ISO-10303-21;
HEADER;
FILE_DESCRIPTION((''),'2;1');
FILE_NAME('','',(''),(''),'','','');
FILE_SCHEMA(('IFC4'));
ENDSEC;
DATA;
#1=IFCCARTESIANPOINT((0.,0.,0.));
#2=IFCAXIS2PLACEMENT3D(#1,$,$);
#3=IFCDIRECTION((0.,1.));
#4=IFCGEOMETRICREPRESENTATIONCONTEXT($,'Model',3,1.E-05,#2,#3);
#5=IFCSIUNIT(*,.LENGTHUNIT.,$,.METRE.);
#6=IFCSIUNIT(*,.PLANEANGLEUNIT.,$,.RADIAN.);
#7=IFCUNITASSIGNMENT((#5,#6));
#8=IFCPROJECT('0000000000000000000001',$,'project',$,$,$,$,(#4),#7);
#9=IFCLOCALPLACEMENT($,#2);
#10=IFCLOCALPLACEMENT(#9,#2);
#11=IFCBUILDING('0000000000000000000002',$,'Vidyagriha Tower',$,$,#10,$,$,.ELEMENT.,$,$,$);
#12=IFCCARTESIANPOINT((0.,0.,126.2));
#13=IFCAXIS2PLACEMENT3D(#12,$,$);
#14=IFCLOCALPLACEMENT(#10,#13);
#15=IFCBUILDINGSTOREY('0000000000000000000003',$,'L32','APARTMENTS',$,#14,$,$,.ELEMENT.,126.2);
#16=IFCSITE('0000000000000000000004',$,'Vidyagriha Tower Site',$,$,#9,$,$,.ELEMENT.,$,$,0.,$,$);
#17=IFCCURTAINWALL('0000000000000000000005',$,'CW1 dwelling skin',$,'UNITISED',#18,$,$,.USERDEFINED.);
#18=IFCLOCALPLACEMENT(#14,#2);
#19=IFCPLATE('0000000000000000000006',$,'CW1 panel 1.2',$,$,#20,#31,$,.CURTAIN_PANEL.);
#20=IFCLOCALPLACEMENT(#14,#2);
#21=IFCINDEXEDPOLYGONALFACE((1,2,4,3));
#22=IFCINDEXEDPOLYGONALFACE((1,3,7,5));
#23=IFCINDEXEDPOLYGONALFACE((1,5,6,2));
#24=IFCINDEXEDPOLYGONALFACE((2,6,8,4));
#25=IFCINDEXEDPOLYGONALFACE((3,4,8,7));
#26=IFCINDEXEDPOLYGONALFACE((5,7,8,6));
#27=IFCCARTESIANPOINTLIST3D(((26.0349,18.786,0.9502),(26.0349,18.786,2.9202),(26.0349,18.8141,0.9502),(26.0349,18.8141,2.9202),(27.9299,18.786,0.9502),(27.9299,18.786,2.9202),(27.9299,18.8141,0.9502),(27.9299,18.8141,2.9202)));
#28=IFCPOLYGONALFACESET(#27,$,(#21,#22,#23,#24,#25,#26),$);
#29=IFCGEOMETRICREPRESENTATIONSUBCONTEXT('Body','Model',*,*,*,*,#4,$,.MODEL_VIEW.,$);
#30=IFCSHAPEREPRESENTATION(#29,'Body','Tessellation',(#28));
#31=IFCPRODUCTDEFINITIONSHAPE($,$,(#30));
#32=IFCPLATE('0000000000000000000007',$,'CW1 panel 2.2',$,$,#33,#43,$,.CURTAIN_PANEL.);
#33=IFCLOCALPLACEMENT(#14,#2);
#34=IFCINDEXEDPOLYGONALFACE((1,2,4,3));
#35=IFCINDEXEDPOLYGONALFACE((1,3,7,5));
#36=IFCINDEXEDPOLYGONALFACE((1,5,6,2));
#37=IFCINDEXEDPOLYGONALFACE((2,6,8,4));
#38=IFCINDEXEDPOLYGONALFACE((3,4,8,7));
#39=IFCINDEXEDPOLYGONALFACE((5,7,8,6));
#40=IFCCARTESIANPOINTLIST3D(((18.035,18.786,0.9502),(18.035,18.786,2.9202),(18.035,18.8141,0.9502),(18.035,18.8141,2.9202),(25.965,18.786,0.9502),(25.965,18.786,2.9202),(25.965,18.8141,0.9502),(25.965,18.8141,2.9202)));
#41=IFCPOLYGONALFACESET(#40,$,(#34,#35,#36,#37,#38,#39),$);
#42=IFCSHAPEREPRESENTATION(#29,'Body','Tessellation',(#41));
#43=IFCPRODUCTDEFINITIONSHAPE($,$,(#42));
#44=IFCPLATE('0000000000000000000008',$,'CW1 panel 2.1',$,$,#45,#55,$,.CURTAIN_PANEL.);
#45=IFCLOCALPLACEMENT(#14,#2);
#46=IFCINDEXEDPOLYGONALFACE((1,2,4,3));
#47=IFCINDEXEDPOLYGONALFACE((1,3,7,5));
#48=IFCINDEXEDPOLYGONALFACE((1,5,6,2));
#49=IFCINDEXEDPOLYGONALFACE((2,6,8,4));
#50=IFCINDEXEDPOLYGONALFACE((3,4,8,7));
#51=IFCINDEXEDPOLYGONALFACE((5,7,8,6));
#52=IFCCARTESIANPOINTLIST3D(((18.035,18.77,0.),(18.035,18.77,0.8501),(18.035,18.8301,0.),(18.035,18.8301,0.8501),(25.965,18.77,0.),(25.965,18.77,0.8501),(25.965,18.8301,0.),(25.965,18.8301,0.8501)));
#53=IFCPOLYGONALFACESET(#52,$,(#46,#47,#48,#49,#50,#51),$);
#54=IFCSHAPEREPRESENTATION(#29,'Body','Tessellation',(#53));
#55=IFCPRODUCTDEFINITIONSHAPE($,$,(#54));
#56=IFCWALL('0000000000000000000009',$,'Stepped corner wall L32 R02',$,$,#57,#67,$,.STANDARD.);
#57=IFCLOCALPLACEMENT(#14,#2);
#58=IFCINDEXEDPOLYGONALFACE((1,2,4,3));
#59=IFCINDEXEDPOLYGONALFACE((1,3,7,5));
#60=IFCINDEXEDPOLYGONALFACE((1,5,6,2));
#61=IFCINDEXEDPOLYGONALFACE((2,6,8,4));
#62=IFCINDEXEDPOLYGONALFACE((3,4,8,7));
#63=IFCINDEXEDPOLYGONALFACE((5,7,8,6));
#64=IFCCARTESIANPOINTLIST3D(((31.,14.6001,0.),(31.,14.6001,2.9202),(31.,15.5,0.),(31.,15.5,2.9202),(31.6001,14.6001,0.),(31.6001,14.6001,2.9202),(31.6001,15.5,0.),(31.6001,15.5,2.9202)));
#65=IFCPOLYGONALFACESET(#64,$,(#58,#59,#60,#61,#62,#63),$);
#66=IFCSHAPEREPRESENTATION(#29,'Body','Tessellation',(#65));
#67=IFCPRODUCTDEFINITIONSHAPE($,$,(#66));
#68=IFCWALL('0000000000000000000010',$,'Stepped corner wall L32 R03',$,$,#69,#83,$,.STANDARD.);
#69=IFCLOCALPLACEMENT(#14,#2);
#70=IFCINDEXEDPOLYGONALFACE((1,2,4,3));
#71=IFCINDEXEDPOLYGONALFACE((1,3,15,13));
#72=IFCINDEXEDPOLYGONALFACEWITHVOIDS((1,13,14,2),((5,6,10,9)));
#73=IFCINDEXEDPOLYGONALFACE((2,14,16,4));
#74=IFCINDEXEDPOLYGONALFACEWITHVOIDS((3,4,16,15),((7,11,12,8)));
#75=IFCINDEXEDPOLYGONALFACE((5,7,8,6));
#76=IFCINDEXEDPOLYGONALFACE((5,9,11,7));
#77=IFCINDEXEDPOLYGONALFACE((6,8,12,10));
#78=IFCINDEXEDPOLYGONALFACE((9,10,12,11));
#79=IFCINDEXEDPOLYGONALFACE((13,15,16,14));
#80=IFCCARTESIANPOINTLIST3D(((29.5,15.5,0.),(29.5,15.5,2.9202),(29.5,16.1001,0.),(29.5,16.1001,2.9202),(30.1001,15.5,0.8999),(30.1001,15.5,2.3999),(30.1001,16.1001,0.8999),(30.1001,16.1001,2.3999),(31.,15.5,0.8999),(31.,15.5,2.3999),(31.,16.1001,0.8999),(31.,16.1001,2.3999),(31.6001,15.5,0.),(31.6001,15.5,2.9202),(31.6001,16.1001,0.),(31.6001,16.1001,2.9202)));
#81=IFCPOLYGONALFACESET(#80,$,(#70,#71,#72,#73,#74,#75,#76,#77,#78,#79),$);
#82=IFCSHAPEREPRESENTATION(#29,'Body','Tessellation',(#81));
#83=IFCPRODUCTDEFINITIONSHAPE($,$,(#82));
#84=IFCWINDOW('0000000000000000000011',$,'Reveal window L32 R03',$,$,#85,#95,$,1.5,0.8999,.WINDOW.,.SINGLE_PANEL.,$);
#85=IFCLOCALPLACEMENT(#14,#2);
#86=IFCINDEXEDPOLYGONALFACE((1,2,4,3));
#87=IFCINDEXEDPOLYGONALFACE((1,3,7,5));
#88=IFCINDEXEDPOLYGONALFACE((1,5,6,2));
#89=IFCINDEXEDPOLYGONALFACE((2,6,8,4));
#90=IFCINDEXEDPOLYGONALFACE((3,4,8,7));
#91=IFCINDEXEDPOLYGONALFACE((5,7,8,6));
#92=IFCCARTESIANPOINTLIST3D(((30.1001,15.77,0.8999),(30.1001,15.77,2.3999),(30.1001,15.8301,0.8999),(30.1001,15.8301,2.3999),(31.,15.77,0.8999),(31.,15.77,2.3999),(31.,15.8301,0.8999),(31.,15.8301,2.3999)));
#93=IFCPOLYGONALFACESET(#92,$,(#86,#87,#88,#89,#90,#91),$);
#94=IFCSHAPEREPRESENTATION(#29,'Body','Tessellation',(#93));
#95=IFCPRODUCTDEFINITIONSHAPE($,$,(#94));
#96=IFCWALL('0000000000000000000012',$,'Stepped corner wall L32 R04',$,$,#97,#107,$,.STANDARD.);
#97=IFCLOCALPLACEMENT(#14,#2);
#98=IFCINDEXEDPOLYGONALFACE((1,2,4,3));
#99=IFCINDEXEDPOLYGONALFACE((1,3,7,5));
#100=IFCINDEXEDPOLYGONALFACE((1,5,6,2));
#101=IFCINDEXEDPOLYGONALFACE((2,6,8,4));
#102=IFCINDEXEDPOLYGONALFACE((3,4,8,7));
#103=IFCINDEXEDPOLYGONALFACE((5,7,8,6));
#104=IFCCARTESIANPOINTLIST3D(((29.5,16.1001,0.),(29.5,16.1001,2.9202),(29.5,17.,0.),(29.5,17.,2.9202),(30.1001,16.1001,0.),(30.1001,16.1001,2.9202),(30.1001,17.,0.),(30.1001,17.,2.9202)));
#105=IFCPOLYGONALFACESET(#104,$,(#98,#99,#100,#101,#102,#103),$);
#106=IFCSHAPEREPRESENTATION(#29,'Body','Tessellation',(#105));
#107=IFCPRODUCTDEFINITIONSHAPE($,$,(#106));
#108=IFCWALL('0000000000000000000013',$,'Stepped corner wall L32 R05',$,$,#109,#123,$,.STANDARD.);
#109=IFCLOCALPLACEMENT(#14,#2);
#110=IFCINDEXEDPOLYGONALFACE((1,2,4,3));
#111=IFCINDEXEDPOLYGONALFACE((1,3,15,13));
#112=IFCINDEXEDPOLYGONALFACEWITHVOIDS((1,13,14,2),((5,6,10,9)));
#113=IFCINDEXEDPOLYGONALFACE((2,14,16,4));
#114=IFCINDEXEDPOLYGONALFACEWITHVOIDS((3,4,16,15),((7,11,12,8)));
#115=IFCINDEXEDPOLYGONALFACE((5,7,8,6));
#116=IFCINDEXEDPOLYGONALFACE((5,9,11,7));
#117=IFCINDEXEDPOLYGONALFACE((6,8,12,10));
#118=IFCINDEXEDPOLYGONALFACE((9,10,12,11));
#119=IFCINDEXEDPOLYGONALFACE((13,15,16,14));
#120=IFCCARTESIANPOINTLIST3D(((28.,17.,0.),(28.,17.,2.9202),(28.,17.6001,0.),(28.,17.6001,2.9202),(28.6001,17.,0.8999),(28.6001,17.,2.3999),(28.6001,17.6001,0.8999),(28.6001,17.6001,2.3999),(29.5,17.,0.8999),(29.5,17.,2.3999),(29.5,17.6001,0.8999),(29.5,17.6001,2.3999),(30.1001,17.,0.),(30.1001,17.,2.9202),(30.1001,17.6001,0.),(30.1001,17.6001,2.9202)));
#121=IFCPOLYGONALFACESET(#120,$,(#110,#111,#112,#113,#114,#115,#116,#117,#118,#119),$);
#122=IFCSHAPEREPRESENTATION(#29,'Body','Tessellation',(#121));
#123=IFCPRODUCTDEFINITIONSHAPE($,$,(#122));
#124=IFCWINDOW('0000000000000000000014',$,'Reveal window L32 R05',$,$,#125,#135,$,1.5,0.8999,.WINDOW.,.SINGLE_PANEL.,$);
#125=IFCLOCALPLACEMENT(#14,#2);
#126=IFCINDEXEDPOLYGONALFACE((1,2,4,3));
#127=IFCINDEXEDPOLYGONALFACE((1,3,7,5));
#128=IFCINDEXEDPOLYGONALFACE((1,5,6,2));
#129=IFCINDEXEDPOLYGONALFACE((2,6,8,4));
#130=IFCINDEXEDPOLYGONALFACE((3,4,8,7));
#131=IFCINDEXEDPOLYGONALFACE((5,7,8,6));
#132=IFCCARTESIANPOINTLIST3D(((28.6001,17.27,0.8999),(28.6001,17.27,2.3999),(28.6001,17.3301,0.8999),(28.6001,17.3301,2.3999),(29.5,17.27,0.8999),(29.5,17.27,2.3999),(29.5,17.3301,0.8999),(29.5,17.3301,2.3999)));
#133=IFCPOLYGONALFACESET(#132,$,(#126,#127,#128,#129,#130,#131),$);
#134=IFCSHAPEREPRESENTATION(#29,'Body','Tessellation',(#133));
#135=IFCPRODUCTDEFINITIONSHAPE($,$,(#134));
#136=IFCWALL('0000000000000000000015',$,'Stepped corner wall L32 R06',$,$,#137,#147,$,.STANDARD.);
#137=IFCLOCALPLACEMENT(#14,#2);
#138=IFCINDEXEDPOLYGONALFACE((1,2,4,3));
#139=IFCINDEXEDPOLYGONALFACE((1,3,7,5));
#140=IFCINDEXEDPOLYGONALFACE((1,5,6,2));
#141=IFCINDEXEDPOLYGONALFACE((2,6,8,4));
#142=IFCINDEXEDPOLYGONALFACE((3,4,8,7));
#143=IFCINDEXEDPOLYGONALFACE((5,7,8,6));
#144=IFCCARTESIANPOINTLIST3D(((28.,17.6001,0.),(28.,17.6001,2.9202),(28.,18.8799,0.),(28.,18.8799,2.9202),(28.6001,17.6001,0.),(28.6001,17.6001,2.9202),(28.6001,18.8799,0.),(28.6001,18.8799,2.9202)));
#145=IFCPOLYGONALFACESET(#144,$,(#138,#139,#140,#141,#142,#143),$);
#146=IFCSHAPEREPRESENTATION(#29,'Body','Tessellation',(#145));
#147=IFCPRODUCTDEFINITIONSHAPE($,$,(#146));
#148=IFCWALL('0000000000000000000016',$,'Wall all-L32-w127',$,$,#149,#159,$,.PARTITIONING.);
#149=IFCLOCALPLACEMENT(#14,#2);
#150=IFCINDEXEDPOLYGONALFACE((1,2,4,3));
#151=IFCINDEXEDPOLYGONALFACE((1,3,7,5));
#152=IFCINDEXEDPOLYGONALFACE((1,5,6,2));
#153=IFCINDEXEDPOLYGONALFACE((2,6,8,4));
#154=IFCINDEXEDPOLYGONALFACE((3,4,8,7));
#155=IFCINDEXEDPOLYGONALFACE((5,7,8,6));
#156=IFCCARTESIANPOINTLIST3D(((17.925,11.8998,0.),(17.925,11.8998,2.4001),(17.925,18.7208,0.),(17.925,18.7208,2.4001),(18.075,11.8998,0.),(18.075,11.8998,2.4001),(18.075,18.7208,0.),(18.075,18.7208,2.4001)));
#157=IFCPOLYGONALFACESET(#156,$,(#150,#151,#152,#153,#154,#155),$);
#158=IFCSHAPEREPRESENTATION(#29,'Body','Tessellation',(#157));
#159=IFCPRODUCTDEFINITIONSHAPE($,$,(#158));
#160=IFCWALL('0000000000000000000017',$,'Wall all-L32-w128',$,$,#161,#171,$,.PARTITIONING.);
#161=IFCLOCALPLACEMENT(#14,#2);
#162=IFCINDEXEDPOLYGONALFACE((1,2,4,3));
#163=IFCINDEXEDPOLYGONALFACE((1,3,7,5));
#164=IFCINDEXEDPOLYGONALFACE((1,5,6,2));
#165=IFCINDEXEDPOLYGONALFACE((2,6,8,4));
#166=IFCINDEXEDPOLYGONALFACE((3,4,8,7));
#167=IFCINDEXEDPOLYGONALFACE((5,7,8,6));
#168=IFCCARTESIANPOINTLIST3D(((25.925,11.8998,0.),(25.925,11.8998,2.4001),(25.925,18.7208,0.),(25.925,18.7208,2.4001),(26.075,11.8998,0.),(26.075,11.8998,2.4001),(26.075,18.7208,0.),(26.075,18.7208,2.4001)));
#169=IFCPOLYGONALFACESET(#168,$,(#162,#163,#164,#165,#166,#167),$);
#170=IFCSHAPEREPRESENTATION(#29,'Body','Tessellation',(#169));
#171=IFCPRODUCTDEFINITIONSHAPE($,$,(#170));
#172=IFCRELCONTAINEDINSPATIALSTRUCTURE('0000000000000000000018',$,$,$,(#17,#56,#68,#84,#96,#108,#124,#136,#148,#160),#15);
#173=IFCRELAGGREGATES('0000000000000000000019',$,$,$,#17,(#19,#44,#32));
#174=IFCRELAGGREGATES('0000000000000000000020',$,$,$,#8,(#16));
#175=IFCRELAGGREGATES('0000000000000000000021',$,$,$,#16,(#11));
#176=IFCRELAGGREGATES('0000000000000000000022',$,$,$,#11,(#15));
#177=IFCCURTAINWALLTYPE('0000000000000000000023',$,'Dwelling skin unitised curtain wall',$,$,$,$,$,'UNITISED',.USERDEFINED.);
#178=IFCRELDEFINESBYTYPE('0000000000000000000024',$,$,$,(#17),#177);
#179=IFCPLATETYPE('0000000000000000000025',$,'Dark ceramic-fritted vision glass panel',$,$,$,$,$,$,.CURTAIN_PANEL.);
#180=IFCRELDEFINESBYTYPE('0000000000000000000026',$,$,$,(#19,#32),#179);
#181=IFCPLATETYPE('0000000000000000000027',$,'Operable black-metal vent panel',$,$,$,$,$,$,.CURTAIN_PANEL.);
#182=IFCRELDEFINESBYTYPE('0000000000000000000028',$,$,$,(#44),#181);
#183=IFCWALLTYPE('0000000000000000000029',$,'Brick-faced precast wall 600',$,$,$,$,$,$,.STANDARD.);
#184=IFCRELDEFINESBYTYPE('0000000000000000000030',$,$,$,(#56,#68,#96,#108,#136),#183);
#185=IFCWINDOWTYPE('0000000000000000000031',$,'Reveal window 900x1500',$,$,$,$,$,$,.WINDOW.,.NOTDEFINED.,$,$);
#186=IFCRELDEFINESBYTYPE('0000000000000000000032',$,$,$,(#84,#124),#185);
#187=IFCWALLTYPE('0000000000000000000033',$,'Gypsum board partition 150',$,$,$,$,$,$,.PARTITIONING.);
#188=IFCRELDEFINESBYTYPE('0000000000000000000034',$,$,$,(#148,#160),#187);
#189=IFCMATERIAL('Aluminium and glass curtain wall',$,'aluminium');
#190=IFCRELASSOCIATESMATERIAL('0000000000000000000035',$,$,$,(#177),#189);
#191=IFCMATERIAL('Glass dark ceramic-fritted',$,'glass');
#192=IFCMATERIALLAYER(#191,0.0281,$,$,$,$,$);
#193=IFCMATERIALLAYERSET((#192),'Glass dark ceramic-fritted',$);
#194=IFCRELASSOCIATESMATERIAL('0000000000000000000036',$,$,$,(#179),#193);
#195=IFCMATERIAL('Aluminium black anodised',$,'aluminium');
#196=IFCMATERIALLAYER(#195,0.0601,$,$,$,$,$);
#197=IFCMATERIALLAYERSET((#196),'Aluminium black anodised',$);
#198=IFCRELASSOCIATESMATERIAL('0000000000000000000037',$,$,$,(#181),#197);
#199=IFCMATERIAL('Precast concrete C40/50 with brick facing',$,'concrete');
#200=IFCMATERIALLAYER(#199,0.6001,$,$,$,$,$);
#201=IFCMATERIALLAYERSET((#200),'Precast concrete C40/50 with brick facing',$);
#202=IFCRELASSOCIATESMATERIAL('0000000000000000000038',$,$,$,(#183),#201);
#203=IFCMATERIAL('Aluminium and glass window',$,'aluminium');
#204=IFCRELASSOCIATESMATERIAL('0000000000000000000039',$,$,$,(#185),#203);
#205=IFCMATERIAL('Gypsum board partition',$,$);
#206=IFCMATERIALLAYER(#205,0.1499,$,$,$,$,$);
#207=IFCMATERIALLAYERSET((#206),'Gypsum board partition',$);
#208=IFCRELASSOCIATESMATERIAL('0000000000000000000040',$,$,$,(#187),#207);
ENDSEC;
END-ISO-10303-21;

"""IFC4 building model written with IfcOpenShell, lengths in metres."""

from ifc_helpers import new_model, si_unit, direction, frame, frame_2d, origin, origin_2d, place, context, subcontext, project, spatial, rectangle, extrude, material, layer, layer_set, type_object, element, fill, aggregate, save


model = new_model("IFC4")

# Units and contexts
model_context = context("Model", 3, precision=1e-05, world=origin(), true_north=direction((0.0, 1.0)))
body_context = subcontext(model_context, "Body", "Model", "MODEL_VIEW")
ifc_project = project(units=[si_unit("LENGTHUNIT", "METRE"), si_unit("PLANEANGLEUNIT", "RADIAN")], contexts=[model_context])

# Site, building, storey
site_placement = place(None, origin())
site = spatial("IfcSite", under=ifc_project, at=site_placement, Name="Vidyagriha Tower Site", CompositionType="ELEMENT", RefElevation=0.0)
building_placement = place(site_placement, origin())
building = spatial("IfcBuilding", under=site, at=building_placement, Name="Vidyagriha Tower", CompositionType="ELEMENT")
storey_placement = place(building_placement, frame((0.0, 0.0, 126.2)))
storey = spatial("IfcBuildingStorey", under=building, at=storey_placement, Name="L32", Description="APARTMENTS", CompositionType="ELEMENT", Elevation=126.2)

# Curtain wall, plates
ifc_material_1 = material(Name="Aluminium and glass curtain wall", Category="aluminium")
curtain_wall_type = type_object("IfcCurtainWallType", Name="Dwelling skin unitised curtain wall", ElementType="UNITISED", PredefinedType="USERDEFINED", material=ifc_material_1)
curtain_wall_placement = place(storey_placement, origin())
curtain_wall = element("IfcCurtainWall", 1, at=curtain_wall_placement, inside=storey, type_object=curtain_wall_type, Name="CW1 dwelling skin", ObjectType="UNITISED", PredefinedType="USERDEFINED")
ifc_material_2 = material(Name="Glass dark ceramic-fritted", Category="glass")
ifc_layer_1 = layer(ifc_material_2, 0.0281)
ifc_layer_set_1 = layer_set([ifc_layer_1], Name="Glass dark ceramic-fritted")
plate_type_1 = type_object("IfcPlateType", Name="Dark ceramic-fritted vision glass panel", PredefinedType="CURTAIN_PANEL", material=ifc_layer_set_1)
plate_1_placement = place(storey_placement, frame((26.9824, 18.8, 0.9502), z_axis=(0.0, 0.0, 1.0), x_axis=(-1.0, 0.0, 0.0)))
plate_1 = element("IfcPlate", 2, at=plate_1_placement, type_object=plate_type_1, Name="CW1 panel 1.2", PredefinedType="CURTAIN_PANEL", context=body_context, shape_type="SweptSolid", body=[
    extrude(rectangle(XDim=1.895, YDim=0.0281, at=origin_2d()), origin(), (0.0, 0.0, 1.0), 1.97),
])
plate_2_placement = place(storey_placement, frame((22.0, 18.8, 0.9502), z_axis=(0.0, 0.0, 1.0), x_axis=(-1.0, 0.0, 0.0)))
plate_2 = element("IfcPlate", 3, at=plate_2_placement, type_object=plate_type_1, Name="CW1 panel 2.2", PredefinedType="CURTAIN_PANEL", context=body_context, shape_type="SweptSolid", body=[
    extrude(rectangle(XDim=7.9299, YDim=0.0281, at=origin_2d()), origin(), (0.0, 0.0, 1.0), 1.97),
])
ifc_material_3 = material(Name="Aluminium black anodised", Category="aluminium")
ifc_layer_2 = layer(ifc_material_3, 0.0601)
ifc_layer_set_2 = layer_set([ifc_layer_2], Name="Aluminium black anodised")
plate_type_2 = type_object("IfcPlateType", Name="Operable black-metal vent panel", PredefinedType="CURTAIN_PANEL", material=ifc_layer_set_2)
plate_3_placement = place(storey_placement, frame((22.0, 18.8, 0.0), z_axis=(0.0, 0.0, 1.0), x_axis=(-1.0, 0.0, 0.0)))
plate_3 = element("IfcPlate", 4, at=plate_3_placement, type_object=plate_type_2, Name="CW1 panel 2.1", PredefinedType="CURTAIN_PANEL", context=body_context, shape_type="SweptSolid", body=[
    extrude(rectangle(XDim=7.9299, YDim=0.0601, at=origin_2d()), origin(), (0.0, 0.0, 1.0), 0.8501),
])
aggregate(curtain_wall, [plate_1, plate_3, plate_2])

# Wall
ifc_material_4 = material(Name="Precast concrete C40/50 with brick facing", Category="concrete")
ifc_layer_3 = layer(ifc_material_4, 0.6001)
ifc_layer_set_3 = layer_set([ifc_layer_3], Name="Precast concrete C40/50 with brick facing")
wall_type_1 = type_object("IfcWallType", Name="Brick-faced precast wall 600", PredefinedType="STANDARD", material=ifc_layer_set_3)
wall_1_placement = place(storey_placement, frame((31.3, 14.6001, 0.0), z_axis=(0.0, 0.0, 1.0), x_axis=(0.0, 1.0, 0.0)))
element("IfcWall", 5, at=wall_1_placement, inside=storey, type_object=wall_type_1, Name="Stepped corner wall L32 R02", PredefinedType="STANDARD", context=body_context, shape_type="SweptSolid", body=[
    extrude(rectangle(XDim=0.8999, YDim=0.6001, at=frame_2d((0.45, 0.0))), origin(), (0.0, 0.0, 1.0), 2.9202),
])

# Wall, opening, window
wall_2_placement = place(storey_placement, frame((31.6001, 15.8, 0.0), z_axis=(0.0, 0.0, 1.0), x_axis=(-1.0, 0.0, 0.0)))
wall_2 = element("IfcWall", 6, at=wall_2_placement, inside=storey, type_object=wall_type_1, Name="Stepped corner wall L32 R03", PredefinedType="STANDARD", context=body_context, shape_type="SweptSolid", body=[
    extrude(rectangle(XDim=2.1001, YDim=0.6001, at=frame_2d((1.05, 0.0))), origin(), (0.0, 0.0, 1.0), 2.9202),
])
opening_1_placement = place(wall_2_placement, frame((0.6001, 0.0, 0.8999)))
opening_1 = element("IfcOpeningElement", 7, at=opening_1_placement, cuts=wall_2, PredefinedType="OPENING", context=body_context, shape_type="SweptSolid", body=[
    extrude(rectangle(XDim=0.8999, YDim=1.5, at=frame_2d((0.45, 0.75))), frame((0.0, 0.3101, 0.0), z_axis=(0.0, -1.0, 0.0), x_axis=(1.0, 0.0, 0.0)), (0.0, 0.0, 1.0), 0.6201),
])
ifc_material_5 = material(Name="Aluminium and glass window", Category="aluminium")
window_type = type_object("IfcWindowType", Name="Reveal window 900x1500", PartitioningType="NOTDEFINED", PredefinedType="WINDOW", material=ifc_material_5)
window_1_placement = place(opening_1_placement, origin())
window_1 = element("IfcWindow", 8, at=window_1_placement, inside=storey, type_object=window_type, Name="Reveal window L32 R03", OverallHeight=1.5, OverallWidth=0.8999, PartitioningType="SINGLE_PANEL", PredefinedType="WINDOW", context=body_context, shape_type="SweptSolid", body=[
    extrude(rectangle(XDim=0.8999, YDim=1.5, at=frame_2d((0.45, 0.75))), frame((0.0, 0.03, 0.0), z_axis=(0.0, -1.0, 0.0), x_axis=(1.0, 0.0, 0.0)), (0.0, 0.0, 1.0), 0.0601),
])
fill(opening_1, window_1)

# Wall
wall_3_placement = place(storey_placement, frame((29.8, 16.1001, 0.0), z_axis=(0.0, 0.0, 1.0), x_axis=(0.0, 1.0, 0.0)))
element("IfcWall", 9, at=wall_3_placement, inside=storey, type_object=wall_type_1, Name="Stepped corner wall L32 R04", PredefinedType="STANDARD", context=body_context, shape_type="SweptSolid", body=[
    extrude(rectangle(XDim=0.8999, YDim=0.6001, at=frame_2d((0.45, 0.0))), origin(), (0.0, 0.0, 1.0), 2.9202),
])

# Wall, opening, window
wall_4_placement = place(storey_placement, frame((30.1001, 17.3, 0.0), z_axis=(0.0, 0.0, 1.0), x_axis=(-1.0, 0.0, 0.0)))
wall_4 = element("IfcWall", 10, at=wall_4_placement, inside=storey, type_object=wall_type_1, Name="Stepped corner wall L32 R05", PredefinedType="STANDARD", context=body_context, shape_type="SweptSolid", body=[
    extrude(rectangle(XDim=2.1001, YDim=0.6001, at=frame_2d((1.05, 0.0))), origin(), (0.0, 0.0, 1.0), 2.9202),
])
opening_2_placement = place(wall_4_placement, frame((0.6001, 0.0, 0.8999)))
opening_2 = element("IfcOpeningElement", 11, at=opening_2_placement, cuts=wall_4, PredefinedType="OPENING", context=body_context, shape_type="SweptSolid", body=[
    extrude(rectangle(XDim=0.8999, YDim=1.5, at=frame_2d((0.45, 0.75))), frame((0.0, 0.3101, 0.0), z_axis=(0.0, -1.0, 0.0), x_axis=(1.0, 0.0, 0.0)), (0.0, 0.0, 1.0), 0.6201),
])
window_2_placement = place(opening_2_placement, origin())
window_2 = element("IfcWindow", 12, at=window_2_placement, inside=storey, type_object=window_type, Name="Reveal window L32 R05", OverallHeight=1.5, OverallWidth=0.8999, PartitioningType="SINGLE_PANEL", PredefinedType="WINDOW", context=body_context, shape_type="SweptSolid", body=[
    extrude(rectangle(XDim=0.8999, YDim=1.5, at=frame_2d((0.45, 0.75))), frame((0.0, 0.03, 0.0), z_axis=(0.0, -1.0, 0.0), x_axis=(1.0, 0.0, 0.0)), (0.0, 0.0, 1.0), 0.0601),
])
fill(opening_2, window_2)

# Walls
wall_5_placement = place(storey_placement, frame((28.3, 17.6001, 0.0), z_axis=(0.0, 0.0, 1.0), x_axis=(0.0, 1.0, 0.0)))
element("IfcWall", 13, at=wall_5_placement, inside=storey, type_object=wall_type_1, Name="Stepped corner wall L32 R06", PredefinedType="STANDARD", context=body_context, shape_type="SweptSolid", body=[
    extrude(rectangle(XDim=1.2798, YDim=0.6001, at=frame_2d((0.6399, 0.0))), origin(), (0.0, 0.0, 1.0), 2.9202),
])
ifc_material_6 = material(Name="Gypsum board partition")
ifc_layer_4 = layer(ifc_material_6, 0.1499)
ifc_layer_set_4 = layer_set([ifc_layer_4], Name="Gypsum board partition")
wall_type_2 = type_object("IfcWallType", Name="Gypsum board partition 150", PredefinedType="PARTITIONING", material=ifc_layer_set_4)
for number, where, z_axis, x_axis, name in (
    (14, (18.0, 18.7209, 0.0), (0.0, 0.0, 1.0), (0.0, -1.0, 0.0), "Wall all-L32-w127"),
    (15, (26.0, 18.7209, 0.0), (0.0, 0.0, 1.0), (0.0, -1.0, 0.0), "Wall all-L32-w128"),
):
    element("IfcWall", number, at=place(storey_placement, frame(where, z_axis=z_axis, x_axis=x_axis)), inside=storey, type_object=wall_type_2, Name=name, PredefinedType="PARTITIONING", context=body_context, shape_type="SweptSolid", body=[
        extrude(rectangle(XDim=6.821, YDim=0.1499, at=frame_2d((3.4106, 0.0))), origin(), (0.0, 0.0, 1.0), 2.4001),
    ])

save(model, "model.ifc")
